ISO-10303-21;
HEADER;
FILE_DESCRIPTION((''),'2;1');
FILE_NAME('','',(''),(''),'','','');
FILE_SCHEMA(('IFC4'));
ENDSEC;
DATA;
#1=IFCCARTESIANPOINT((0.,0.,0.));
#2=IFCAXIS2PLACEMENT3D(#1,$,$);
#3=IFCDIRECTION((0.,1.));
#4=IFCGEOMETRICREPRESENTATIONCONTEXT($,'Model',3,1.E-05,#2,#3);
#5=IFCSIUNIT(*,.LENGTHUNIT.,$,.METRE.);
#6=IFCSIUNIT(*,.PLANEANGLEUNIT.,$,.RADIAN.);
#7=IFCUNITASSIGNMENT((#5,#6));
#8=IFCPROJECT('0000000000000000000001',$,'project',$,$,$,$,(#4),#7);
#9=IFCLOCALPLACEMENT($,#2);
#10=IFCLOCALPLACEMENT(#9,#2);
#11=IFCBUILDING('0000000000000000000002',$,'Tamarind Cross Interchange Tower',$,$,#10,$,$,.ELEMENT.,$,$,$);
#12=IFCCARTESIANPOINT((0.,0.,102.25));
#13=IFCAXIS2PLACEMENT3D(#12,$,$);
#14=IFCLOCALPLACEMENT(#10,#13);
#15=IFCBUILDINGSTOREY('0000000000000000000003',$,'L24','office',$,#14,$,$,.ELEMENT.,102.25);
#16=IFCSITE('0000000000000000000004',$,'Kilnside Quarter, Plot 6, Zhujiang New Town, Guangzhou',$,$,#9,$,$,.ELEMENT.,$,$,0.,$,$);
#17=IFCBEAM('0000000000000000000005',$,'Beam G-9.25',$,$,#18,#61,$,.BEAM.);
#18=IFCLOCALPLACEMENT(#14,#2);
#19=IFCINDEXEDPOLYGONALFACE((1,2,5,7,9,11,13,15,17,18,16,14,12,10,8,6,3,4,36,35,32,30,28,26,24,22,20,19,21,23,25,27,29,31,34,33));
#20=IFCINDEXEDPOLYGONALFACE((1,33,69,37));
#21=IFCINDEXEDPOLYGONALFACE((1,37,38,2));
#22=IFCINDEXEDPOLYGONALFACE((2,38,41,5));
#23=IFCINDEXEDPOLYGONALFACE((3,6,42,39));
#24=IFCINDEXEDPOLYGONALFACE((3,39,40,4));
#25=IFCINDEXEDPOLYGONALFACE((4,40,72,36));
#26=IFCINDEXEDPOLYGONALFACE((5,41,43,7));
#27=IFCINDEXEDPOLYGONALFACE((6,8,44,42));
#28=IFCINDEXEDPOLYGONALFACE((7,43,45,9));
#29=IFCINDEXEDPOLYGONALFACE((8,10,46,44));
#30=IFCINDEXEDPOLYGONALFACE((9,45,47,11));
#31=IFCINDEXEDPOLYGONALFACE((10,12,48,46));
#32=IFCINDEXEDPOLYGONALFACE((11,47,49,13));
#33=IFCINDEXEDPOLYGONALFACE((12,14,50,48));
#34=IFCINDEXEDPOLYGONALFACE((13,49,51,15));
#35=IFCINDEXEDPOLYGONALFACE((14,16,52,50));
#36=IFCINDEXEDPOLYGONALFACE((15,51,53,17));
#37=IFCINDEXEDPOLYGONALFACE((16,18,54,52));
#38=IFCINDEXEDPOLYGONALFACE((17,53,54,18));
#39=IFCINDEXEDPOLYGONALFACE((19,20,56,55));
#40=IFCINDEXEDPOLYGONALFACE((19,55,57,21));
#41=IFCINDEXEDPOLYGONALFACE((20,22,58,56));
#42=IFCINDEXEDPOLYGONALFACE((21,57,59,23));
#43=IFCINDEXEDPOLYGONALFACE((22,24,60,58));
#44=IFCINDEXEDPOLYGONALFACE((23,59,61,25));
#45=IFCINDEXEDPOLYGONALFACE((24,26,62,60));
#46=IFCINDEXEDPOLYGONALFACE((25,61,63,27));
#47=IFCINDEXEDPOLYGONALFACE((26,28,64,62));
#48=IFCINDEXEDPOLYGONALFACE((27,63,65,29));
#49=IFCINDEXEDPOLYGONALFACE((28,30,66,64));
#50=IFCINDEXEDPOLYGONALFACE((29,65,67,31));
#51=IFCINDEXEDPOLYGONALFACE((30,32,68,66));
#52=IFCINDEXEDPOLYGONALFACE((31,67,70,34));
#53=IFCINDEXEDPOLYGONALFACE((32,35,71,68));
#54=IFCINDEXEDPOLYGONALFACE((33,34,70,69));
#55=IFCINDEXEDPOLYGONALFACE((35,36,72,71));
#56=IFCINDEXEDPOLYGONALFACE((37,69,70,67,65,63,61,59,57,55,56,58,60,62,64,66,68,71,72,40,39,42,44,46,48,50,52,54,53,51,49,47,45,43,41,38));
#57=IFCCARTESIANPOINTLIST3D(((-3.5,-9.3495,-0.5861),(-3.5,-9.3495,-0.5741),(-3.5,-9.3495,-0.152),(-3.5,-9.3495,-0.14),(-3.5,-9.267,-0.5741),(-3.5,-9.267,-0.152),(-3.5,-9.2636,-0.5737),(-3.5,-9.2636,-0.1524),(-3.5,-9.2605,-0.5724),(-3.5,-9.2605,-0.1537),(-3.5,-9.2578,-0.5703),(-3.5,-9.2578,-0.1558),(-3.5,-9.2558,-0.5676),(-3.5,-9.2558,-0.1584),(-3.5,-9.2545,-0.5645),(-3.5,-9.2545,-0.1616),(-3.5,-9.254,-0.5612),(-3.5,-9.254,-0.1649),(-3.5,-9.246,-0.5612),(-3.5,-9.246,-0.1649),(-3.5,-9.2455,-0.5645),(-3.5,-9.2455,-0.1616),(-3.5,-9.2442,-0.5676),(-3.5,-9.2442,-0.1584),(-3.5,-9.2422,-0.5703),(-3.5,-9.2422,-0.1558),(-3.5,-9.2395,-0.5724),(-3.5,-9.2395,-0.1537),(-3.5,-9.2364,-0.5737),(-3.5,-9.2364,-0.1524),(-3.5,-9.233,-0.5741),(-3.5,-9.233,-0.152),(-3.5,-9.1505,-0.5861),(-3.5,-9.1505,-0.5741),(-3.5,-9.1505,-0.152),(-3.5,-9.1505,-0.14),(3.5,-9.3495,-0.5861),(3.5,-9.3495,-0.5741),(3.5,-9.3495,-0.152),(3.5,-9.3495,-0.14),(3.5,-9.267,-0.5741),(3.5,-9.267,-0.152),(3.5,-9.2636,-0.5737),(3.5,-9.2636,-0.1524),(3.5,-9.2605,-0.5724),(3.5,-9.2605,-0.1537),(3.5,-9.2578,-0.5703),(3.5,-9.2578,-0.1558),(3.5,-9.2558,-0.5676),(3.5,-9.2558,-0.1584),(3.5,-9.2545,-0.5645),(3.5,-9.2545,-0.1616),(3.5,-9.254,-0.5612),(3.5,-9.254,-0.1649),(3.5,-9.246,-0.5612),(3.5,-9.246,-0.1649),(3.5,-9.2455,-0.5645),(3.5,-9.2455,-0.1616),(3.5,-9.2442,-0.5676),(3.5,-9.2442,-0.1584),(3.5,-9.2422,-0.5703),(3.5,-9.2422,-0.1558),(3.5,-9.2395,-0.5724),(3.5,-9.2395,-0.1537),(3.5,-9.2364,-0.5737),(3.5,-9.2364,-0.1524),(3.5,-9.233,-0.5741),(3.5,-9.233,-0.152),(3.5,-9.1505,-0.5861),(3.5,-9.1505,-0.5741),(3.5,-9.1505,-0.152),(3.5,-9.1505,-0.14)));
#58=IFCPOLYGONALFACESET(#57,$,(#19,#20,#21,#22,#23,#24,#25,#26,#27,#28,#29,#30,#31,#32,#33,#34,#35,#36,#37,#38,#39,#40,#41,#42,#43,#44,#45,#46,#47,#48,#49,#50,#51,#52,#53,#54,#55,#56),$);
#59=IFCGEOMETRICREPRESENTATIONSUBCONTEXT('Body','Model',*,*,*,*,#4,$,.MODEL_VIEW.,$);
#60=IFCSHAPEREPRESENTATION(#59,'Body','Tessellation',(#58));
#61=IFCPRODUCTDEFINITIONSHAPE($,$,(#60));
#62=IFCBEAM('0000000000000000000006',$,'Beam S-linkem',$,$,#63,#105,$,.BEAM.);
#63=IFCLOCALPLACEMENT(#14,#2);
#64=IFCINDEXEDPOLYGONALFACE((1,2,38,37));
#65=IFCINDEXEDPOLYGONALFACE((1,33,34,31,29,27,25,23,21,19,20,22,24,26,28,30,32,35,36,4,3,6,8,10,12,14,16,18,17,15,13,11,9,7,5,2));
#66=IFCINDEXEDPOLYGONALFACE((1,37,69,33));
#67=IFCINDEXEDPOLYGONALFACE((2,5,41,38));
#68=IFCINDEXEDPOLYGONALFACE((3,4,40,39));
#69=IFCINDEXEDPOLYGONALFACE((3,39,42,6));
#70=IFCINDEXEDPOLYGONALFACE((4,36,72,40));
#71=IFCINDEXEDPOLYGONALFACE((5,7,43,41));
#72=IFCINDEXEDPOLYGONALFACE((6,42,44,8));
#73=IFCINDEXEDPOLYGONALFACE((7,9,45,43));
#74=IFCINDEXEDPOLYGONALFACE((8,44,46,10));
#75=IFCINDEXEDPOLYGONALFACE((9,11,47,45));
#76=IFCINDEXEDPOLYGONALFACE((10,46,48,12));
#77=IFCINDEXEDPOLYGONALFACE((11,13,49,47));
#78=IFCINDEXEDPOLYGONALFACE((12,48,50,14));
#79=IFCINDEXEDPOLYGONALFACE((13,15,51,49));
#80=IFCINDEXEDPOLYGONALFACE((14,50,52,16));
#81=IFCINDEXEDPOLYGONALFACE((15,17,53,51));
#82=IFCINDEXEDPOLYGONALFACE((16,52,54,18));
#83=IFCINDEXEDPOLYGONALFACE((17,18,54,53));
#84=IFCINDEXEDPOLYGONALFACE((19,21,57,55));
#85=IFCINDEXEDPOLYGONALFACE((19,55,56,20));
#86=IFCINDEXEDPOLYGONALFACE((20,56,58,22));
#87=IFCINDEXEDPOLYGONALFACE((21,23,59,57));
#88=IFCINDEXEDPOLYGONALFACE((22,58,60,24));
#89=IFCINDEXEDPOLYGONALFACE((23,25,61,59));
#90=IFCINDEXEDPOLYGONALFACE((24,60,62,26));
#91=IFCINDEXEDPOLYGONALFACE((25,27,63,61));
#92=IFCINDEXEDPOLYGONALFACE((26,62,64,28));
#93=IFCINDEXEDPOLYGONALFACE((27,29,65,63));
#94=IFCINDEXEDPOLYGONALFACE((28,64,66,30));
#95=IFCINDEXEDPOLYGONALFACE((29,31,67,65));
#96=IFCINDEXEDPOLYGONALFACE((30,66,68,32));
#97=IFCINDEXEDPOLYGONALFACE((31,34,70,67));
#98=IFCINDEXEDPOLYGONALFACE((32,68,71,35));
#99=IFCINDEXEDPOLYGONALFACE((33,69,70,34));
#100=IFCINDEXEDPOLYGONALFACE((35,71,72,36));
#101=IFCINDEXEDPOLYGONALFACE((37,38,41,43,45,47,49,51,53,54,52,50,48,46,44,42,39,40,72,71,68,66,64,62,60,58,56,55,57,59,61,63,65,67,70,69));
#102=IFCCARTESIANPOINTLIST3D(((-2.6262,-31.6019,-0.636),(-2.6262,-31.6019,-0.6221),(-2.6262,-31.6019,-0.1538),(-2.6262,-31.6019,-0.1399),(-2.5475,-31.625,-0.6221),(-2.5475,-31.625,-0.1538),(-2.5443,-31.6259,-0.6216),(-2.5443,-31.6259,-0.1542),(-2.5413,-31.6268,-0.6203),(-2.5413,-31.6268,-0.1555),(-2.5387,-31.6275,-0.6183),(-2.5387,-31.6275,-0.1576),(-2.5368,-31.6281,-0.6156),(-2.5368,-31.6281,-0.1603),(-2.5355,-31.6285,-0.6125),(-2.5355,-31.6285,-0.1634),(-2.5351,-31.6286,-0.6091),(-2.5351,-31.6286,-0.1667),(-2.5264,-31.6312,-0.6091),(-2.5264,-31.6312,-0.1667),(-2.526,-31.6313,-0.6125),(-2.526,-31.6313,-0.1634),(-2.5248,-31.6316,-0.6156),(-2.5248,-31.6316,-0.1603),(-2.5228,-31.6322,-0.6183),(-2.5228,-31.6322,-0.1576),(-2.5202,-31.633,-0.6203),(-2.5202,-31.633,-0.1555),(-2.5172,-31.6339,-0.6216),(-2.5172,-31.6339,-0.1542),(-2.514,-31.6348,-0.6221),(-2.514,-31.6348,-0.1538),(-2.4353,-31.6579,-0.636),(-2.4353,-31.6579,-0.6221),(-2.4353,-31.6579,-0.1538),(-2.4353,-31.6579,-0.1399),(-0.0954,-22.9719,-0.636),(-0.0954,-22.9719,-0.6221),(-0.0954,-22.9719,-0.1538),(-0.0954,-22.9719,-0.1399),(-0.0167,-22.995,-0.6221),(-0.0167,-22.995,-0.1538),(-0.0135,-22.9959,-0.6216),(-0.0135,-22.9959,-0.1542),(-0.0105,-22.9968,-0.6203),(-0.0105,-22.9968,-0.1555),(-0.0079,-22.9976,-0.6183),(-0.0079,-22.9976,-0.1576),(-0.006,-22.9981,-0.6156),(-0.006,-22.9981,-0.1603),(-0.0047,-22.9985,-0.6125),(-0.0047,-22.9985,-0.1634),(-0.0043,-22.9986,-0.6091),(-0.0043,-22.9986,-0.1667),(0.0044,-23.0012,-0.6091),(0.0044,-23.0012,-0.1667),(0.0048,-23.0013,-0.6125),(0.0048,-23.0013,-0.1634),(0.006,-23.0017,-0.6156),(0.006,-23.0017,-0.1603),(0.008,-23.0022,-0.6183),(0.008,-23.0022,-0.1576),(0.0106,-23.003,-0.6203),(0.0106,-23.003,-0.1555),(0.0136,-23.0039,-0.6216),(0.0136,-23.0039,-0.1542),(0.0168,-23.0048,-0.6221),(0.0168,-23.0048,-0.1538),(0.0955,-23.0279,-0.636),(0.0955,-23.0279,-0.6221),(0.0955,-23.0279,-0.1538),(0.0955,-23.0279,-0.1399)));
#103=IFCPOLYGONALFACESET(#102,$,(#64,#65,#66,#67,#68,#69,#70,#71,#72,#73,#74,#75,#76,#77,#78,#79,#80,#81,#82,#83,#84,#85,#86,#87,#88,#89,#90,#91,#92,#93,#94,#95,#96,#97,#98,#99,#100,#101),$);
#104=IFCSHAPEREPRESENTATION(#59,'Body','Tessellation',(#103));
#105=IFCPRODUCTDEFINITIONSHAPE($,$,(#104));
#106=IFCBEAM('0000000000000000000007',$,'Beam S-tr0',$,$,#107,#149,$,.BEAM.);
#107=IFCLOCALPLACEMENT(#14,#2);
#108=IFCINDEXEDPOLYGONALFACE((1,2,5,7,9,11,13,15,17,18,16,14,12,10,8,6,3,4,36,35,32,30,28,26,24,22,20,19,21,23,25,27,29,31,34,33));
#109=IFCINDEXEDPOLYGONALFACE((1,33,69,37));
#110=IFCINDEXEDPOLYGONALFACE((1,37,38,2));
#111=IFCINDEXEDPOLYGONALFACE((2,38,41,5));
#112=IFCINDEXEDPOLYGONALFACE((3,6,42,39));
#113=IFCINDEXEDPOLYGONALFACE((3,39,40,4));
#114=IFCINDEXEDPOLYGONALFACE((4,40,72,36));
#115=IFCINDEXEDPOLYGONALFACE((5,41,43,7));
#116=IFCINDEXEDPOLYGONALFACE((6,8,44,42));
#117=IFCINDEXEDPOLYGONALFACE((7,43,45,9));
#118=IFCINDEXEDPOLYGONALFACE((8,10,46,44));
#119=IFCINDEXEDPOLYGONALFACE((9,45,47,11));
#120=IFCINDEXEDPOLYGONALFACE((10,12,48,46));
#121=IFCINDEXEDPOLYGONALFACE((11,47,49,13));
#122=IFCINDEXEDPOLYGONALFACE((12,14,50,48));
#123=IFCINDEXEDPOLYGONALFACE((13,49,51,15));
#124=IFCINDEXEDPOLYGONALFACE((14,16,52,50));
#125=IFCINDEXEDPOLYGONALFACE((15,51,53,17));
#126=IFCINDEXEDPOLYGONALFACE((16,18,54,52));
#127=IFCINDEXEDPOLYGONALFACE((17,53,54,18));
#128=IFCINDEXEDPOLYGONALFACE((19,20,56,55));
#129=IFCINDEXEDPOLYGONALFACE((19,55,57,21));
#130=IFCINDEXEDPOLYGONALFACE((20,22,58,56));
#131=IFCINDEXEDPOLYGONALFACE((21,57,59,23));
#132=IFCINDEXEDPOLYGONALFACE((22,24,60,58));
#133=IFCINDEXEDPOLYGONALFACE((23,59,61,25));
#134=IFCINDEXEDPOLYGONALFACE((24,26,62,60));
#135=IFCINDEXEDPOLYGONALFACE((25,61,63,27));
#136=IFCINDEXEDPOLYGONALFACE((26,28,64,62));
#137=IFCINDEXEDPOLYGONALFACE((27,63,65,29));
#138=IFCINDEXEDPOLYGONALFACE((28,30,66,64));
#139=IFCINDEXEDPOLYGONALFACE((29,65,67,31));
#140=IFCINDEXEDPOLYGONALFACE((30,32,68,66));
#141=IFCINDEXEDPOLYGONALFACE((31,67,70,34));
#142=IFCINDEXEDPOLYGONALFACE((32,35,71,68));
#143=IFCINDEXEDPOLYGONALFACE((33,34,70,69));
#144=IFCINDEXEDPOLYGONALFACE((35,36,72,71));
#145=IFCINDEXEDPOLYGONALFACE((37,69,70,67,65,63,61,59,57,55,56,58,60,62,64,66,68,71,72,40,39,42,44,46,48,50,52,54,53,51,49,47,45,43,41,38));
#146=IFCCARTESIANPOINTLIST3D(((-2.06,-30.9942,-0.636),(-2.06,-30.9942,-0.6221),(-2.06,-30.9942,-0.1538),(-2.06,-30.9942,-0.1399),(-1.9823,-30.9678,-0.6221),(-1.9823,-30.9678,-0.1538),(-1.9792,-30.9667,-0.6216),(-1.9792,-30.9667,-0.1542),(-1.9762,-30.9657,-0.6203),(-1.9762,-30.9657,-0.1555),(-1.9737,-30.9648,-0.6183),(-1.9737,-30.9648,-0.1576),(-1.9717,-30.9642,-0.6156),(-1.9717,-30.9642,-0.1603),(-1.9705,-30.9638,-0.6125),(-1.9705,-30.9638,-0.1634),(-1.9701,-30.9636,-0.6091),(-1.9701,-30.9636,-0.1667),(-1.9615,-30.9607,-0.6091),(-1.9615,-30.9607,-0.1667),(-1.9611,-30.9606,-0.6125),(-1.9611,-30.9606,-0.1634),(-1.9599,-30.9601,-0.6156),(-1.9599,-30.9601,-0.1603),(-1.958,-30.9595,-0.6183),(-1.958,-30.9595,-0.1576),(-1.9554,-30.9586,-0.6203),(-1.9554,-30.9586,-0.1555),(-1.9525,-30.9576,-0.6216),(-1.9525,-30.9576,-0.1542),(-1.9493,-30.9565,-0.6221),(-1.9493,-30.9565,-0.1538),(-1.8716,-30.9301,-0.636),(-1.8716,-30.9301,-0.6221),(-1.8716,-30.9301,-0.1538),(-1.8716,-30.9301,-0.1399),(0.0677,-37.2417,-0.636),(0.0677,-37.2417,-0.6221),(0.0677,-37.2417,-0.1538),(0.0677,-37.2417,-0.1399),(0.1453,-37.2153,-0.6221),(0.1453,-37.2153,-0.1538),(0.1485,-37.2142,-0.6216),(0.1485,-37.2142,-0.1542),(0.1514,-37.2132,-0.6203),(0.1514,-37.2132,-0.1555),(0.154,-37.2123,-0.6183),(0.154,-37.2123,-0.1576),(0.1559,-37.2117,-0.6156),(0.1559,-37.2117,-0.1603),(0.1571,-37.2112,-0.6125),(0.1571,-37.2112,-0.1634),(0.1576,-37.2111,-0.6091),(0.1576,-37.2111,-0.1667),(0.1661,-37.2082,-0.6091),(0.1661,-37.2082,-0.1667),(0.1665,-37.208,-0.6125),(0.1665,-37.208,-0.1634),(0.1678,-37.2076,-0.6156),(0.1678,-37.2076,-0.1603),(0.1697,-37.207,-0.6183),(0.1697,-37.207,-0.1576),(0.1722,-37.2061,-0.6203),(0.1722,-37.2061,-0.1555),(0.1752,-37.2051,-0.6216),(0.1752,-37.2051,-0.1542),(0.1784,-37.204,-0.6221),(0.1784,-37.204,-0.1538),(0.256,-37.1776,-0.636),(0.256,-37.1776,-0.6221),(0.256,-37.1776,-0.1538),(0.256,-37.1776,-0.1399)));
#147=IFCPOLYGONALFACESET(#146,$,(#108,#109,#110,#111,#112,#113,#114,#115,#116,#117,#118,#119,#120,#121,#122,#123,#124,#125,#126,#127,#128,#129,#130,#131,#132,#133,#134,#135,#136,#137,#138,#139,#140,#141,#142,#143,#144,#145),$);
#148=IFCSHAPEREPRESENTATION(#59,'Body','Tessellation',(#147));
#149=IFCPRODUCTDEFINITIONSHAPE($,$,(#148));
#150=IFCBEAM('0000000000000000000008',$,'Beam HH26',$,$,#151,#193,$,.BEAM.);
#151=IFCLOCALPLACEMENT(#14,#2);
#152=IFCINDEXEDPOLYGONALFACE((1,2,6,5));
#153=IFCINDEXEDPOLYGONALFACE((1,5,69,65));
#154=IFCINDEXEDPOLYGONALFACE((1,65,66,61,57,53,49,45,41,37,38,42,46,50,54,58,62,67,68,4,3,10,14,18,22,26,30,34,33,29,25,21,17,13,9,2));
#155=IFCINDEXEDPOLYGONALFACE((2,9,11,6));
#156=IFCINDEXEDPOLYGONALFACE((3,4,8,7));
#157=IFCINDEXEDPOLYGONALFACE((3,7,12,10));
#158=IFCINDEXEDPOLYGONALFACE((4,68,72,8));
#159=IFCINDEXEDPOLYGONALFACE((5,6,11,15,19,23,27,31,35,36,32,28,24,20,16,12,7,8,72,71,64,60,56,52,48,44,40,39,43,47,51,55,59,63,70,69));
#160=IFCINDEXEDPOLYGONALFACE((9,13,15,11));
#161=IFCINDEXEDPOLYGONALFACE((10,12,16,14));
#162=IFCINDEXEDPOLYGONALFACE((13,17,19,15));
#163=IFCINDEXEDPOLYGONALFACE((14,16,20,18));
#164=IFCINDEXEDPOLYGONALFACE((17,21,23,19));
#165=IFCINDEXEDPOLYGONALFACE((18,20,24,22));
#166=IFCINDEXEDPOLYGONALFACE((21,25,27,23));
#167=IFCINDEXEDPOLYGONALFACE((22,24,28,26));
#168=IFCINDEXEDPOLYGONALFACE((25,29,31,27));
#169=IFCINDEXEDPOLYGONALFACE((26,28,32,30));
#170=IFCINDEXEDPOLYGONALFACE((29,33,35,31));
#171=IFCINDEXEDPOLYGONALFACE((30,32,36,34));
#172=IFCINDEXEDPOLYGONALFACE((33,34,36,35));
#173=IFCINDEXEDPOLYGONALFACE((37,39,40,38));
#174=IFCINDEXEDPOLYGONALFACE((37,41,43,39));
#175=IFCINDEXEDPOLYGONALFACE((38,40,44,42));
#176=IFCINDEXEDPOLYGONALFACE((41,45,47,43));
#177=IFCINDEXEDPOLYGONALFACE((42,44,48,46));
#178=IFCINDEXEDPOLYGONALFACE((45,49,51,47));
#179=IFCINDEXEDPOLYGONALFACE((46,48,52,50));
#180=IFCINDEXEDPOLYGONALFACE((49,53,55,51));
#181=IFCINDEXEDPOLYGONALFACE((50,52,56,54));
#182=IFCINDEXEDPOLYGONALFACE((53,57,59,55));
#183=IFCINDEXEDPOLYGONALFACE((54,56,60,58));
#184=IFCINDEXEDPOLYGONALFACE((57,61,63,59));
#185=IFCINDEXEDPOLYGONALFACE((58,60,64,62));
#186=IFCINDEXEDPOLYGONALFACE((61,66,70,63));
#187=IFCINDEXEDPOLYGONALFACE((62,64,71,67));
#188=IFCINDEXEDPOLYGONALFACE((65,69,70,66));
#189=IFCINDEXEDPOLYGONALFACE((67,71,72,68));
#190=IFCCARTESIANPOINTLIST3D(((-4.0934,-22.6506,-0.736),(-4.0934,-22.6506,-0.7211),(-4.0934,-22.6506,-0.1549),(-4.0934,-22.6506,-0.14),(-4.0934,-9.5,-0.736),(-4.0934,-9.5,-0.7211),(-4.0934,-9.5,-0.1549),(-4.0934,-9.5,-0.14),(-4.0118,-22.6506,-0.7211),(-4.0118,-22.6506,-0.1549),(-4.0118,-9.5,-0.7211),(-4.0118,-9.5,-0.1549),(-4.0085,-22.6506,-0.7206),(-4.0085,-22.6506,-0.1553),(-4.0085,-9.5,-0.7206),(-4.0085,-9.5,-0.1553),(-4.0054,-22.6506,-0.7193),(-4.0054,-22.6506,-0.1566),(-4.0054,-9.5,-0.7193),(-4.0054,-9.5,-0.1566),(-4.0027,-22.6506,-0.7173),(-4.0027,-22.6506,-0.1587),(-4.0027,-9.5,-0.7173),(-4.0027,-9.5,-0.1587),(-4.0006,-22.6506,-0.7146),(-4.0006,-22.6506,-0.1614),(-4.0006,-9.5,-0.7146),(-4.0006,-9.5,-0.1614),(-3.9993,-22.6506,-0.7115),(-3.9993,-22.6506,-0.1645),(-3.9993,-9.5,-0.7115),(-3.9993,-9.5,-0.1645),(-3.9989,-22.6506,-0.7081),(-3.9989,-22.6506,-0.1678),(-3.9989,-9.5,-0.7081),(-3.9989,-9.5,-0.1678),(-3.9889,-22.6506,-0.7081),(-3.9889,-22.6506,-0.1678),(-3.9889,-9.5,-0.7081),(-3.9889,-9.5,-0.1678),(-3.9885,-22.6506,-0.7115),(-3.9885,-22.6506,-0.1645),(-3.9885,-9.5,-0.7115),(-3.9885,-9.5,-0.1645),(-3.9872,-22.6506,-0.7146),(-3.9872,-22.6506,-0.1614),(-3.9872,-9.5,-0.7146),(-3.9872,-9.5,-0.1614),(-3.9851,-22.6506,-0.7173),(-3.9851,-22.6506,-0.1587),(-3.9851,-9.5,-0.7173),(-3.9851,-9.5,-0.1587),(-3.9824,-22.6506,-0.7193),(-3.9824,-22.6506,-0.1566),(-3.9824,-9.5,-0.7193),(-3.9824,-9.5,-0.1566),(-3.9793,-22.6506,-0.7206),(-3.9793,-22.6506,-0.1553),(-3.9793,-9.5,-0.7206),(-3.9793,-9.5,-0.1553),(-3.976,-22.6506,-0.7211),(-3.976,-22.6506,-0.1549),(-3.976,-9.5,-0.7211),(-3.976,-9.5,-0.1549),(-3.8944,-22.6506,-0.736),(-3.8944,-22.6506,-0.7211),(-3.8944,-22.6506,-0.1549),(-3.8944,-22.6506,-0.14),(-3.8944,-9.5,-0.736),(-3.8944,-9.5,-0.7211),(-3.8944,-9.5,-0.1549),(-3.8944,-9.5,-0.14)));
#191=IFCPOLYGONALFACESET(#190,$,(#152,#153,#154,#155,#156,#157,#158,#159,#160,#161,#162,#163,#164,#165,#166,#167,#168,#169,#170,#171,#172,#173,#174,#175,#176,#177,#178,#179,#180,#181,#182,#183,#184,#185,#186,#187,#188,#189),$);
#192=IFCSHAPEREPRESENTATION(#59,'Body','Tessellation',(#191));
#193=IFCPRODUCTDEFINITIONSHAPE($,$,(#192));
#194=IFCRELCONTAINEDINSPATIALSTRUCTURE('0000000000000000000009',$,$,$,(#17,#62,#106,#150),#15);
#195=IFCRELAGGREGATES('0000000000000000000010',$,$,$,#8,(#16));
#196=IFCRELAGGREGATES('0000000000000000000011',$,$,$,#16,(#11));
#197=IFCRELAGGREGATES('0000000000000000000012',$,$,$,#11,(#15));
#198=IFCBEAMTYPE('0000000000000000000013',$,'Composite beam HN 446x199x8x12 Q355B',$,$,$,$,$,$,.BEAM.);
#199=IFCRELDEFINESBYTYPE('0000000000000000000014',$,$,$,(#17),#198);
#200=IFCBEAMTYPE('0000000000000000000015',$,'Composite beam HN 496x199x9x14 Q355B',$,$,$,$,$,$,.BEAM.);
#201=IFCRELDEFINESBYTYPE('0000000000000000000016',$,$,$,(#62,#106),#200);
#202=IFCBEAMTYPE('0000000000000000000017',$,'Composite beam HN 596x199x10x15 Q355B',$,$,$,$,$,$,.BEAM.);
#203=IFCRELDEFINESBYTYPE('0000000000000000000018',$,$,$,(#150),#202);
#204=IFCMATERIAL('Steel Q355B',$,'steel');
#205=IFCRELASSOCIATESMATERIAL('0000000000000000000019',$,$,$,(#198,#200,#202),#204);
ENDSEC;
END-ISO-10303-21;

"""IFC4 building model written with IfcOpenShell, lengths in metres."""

from ifc_helpers import new_model, si_unit, direction, frame, origin, origin_2d, place, context, subcontext, project, spatial, i_section, extrude, material, material_profile, profile_set, type_object, element, save


model = new_model("IFC4")

# Units and contexts
model_context = context("Model", 3, precision=1e-05, world=origin(), true_north=direction((0.0, 1.0)))
body_context = subcontext(model_context, "Body", "Model", "MODEL_VIEW")
ifc_project = project(units=[si_unit("LENGTHUNIT", "METRE"), si_unit("PLANEANGLEUNIT", "RADIAN")], contexts=[model_context])

# Site, building, storey
site_placement = place(None, origin())
site = spatial("IfcSite", under=ifc_project, at=site_placement, Name="Kilnside Quarter, Plot 6, Zhujiang New Town, Guangzhou", CompositionType="ELEMENT", RefElevation=0.0)
building_placement = place(site_placement, origin())
building = spatial("IfcBuilding", under=site, at=building_placement, Name="Tamarind Cross Interchange Tower", CompositionType="ELEMENT")
storey_placement = place(building_placement, frame((0.0, 0.0, 102.25)))
storey = spatial("IfcBuildingStorey", under=building, at=storey_placement, Name="L24", Description="office", CompositionType="ELEMENT", Elevation=102.25)

# Beams
ifc_material_1 = material(Name="Steel Q355B", Category="steel")
ifc_material_profile_1 = material_profile(ifc_material_1, i_section(OverallWidth=0.199, OverallDepth=0.446, WebThickness=0.0081, FlangeThickness=0.012, FilletRadius=0.0129, at=origin_2d()), Name="HN 446x199x8x12")
ifc_profile_set_1 = profile_set([ifc_material_profile_1], Name="Steel Q355B")
beam_type_1 = type_object("IfcBeamType", Name="Composite beam HN 446x199x8x12 Q355B", PredefinedType="BEAM", material=ifc_profile_set_1)
beam_1_placement = place(storey_placement, frame((-3.5, -9.25, -0.363), z_axis=(1.0, 0.0, 0.0), x_axis=(0.0, 1.0, 0.0)))
element("IfcBeam", 1, at=beam_1_placement, inside=storey, type_object=beam_type_1, Name="Beam G-9.25", PredefinedType="BEAM", context=body_context, shape_type="SweptSolid", body=[
    extrude(i_section(OverallWidth=0.199, OverallDepth=0.446, WebThickness=0.0081, FlangeThickness=0.012, FilletRadius=0.0129, at=origin_2d()), origin(), (0.0, 0.0, 1.0), 7.0),
])
ifc_material_profile_2 = material_profile(ifc_material_1, i_section(OverallWidth=0.199, OverallDepth=0.4961, WebThickness=0.009, FlangeThickness=0.0139, FilletRadius=0.0129, at=origin_2d()), Name="HN 496x199x9x14")
ifc_profile_set_2 = profile_set([ifc_material_profile_2], Name="Steel Q355B")
beam_type_2 = type_object("IfcBeamType", Name="Composite beam HN 496x199x9x14 Q355B", PredefinedType="BEAM", material=ifc_profile_set_2)
beam_2_placement = place(storey_placement, frame((-2.5308, -31.6299, -0.3879), z_axis=(0.281405, 0.959589, 0.0), x_axis=(-0.959589, 0.281405, 0.0)))
element("IfcBeam", 2, at=beam_2_placement, inside=storey, type_object=beam_type_2, Name="Beam S-linkem", PredefinedType="BEAM", context=body_context, shape_type="SweptSolid", body=[
    extrude(i_section(OverallWidth=0.199, OverallDepth=0.4961, WebThickness=0.009, FlangeThickness=0.0139, FilletRadius=0.0129, at=origin_2d()), origin(), (0.0, 0.0, 1.0), 8.9934),
])
beam_3_placement = place(storey_placement, frame((-1.9658, -30.9622, -0.3879), z_axis=(0.32238, -0.94661, 0.0), x_axis=(0.94661, 0.32238, 0.0)))
element("IfcBeam", 3, at=beam_3_placement, inside=storey, type_object=beam_type_2, Name="Beam S-tr0", PredefinedType="BEAM", context=body_context, shape_type="SweptSolid", body=[
    extrude(i_section(OverallWidth=0.199, OverallDepth=0.4961, WebThickness=0.009, FlangeThickness=0.0139, FilletRadius=0.0129, at=origin_2d()), origin(), (0.0, 0.0, 1.0), 6.5999),
])
ifc_material_profile_3 = material_profile(ifc_material_1, i_section(OverallWidth=0.199, OverallDepth=0.5959, WebThickness=0.01, FlangeThickness=0.0149, FilletRadius=0.0129, at=origin_2d()), Name="HN 596x199x10x15")
ifc_profile_set_3 = profile_set([ifc_material_profile_3], Name="Steel Q355B")
beam_type_3 = type_object("IfcBeamType", Name="Composite beam HN 596x199x10x15 Q355B", PredefinedType="BEAM", material=ifc_profile_set_3)
beam_4_placement = place(storey_placement, frame((-3.9939, -22.6506, -0.438), z_axis=(0.0, 1.0, 0.0), x_axis=(-1.0, 0.0, 0.0)))
element("IfcBeam", 4, at=beam_4_placement, inside=storey, type_object=beam_type_3, Name="Beam HH26", PredefinedType="BEAM", context=body_context, shape_type="SweptSolid", body=[
    extrude(i_section(OverallWidth=0.199, OverallDepth=0.5959, WebThickness=0.01, FlangeThickness=0.0149, FilletRadius=0.0129, at=origin_2d()), origin(), (0.0, 0.0, 1.0), 13.1506),
])

save(model, "model.ifc")
